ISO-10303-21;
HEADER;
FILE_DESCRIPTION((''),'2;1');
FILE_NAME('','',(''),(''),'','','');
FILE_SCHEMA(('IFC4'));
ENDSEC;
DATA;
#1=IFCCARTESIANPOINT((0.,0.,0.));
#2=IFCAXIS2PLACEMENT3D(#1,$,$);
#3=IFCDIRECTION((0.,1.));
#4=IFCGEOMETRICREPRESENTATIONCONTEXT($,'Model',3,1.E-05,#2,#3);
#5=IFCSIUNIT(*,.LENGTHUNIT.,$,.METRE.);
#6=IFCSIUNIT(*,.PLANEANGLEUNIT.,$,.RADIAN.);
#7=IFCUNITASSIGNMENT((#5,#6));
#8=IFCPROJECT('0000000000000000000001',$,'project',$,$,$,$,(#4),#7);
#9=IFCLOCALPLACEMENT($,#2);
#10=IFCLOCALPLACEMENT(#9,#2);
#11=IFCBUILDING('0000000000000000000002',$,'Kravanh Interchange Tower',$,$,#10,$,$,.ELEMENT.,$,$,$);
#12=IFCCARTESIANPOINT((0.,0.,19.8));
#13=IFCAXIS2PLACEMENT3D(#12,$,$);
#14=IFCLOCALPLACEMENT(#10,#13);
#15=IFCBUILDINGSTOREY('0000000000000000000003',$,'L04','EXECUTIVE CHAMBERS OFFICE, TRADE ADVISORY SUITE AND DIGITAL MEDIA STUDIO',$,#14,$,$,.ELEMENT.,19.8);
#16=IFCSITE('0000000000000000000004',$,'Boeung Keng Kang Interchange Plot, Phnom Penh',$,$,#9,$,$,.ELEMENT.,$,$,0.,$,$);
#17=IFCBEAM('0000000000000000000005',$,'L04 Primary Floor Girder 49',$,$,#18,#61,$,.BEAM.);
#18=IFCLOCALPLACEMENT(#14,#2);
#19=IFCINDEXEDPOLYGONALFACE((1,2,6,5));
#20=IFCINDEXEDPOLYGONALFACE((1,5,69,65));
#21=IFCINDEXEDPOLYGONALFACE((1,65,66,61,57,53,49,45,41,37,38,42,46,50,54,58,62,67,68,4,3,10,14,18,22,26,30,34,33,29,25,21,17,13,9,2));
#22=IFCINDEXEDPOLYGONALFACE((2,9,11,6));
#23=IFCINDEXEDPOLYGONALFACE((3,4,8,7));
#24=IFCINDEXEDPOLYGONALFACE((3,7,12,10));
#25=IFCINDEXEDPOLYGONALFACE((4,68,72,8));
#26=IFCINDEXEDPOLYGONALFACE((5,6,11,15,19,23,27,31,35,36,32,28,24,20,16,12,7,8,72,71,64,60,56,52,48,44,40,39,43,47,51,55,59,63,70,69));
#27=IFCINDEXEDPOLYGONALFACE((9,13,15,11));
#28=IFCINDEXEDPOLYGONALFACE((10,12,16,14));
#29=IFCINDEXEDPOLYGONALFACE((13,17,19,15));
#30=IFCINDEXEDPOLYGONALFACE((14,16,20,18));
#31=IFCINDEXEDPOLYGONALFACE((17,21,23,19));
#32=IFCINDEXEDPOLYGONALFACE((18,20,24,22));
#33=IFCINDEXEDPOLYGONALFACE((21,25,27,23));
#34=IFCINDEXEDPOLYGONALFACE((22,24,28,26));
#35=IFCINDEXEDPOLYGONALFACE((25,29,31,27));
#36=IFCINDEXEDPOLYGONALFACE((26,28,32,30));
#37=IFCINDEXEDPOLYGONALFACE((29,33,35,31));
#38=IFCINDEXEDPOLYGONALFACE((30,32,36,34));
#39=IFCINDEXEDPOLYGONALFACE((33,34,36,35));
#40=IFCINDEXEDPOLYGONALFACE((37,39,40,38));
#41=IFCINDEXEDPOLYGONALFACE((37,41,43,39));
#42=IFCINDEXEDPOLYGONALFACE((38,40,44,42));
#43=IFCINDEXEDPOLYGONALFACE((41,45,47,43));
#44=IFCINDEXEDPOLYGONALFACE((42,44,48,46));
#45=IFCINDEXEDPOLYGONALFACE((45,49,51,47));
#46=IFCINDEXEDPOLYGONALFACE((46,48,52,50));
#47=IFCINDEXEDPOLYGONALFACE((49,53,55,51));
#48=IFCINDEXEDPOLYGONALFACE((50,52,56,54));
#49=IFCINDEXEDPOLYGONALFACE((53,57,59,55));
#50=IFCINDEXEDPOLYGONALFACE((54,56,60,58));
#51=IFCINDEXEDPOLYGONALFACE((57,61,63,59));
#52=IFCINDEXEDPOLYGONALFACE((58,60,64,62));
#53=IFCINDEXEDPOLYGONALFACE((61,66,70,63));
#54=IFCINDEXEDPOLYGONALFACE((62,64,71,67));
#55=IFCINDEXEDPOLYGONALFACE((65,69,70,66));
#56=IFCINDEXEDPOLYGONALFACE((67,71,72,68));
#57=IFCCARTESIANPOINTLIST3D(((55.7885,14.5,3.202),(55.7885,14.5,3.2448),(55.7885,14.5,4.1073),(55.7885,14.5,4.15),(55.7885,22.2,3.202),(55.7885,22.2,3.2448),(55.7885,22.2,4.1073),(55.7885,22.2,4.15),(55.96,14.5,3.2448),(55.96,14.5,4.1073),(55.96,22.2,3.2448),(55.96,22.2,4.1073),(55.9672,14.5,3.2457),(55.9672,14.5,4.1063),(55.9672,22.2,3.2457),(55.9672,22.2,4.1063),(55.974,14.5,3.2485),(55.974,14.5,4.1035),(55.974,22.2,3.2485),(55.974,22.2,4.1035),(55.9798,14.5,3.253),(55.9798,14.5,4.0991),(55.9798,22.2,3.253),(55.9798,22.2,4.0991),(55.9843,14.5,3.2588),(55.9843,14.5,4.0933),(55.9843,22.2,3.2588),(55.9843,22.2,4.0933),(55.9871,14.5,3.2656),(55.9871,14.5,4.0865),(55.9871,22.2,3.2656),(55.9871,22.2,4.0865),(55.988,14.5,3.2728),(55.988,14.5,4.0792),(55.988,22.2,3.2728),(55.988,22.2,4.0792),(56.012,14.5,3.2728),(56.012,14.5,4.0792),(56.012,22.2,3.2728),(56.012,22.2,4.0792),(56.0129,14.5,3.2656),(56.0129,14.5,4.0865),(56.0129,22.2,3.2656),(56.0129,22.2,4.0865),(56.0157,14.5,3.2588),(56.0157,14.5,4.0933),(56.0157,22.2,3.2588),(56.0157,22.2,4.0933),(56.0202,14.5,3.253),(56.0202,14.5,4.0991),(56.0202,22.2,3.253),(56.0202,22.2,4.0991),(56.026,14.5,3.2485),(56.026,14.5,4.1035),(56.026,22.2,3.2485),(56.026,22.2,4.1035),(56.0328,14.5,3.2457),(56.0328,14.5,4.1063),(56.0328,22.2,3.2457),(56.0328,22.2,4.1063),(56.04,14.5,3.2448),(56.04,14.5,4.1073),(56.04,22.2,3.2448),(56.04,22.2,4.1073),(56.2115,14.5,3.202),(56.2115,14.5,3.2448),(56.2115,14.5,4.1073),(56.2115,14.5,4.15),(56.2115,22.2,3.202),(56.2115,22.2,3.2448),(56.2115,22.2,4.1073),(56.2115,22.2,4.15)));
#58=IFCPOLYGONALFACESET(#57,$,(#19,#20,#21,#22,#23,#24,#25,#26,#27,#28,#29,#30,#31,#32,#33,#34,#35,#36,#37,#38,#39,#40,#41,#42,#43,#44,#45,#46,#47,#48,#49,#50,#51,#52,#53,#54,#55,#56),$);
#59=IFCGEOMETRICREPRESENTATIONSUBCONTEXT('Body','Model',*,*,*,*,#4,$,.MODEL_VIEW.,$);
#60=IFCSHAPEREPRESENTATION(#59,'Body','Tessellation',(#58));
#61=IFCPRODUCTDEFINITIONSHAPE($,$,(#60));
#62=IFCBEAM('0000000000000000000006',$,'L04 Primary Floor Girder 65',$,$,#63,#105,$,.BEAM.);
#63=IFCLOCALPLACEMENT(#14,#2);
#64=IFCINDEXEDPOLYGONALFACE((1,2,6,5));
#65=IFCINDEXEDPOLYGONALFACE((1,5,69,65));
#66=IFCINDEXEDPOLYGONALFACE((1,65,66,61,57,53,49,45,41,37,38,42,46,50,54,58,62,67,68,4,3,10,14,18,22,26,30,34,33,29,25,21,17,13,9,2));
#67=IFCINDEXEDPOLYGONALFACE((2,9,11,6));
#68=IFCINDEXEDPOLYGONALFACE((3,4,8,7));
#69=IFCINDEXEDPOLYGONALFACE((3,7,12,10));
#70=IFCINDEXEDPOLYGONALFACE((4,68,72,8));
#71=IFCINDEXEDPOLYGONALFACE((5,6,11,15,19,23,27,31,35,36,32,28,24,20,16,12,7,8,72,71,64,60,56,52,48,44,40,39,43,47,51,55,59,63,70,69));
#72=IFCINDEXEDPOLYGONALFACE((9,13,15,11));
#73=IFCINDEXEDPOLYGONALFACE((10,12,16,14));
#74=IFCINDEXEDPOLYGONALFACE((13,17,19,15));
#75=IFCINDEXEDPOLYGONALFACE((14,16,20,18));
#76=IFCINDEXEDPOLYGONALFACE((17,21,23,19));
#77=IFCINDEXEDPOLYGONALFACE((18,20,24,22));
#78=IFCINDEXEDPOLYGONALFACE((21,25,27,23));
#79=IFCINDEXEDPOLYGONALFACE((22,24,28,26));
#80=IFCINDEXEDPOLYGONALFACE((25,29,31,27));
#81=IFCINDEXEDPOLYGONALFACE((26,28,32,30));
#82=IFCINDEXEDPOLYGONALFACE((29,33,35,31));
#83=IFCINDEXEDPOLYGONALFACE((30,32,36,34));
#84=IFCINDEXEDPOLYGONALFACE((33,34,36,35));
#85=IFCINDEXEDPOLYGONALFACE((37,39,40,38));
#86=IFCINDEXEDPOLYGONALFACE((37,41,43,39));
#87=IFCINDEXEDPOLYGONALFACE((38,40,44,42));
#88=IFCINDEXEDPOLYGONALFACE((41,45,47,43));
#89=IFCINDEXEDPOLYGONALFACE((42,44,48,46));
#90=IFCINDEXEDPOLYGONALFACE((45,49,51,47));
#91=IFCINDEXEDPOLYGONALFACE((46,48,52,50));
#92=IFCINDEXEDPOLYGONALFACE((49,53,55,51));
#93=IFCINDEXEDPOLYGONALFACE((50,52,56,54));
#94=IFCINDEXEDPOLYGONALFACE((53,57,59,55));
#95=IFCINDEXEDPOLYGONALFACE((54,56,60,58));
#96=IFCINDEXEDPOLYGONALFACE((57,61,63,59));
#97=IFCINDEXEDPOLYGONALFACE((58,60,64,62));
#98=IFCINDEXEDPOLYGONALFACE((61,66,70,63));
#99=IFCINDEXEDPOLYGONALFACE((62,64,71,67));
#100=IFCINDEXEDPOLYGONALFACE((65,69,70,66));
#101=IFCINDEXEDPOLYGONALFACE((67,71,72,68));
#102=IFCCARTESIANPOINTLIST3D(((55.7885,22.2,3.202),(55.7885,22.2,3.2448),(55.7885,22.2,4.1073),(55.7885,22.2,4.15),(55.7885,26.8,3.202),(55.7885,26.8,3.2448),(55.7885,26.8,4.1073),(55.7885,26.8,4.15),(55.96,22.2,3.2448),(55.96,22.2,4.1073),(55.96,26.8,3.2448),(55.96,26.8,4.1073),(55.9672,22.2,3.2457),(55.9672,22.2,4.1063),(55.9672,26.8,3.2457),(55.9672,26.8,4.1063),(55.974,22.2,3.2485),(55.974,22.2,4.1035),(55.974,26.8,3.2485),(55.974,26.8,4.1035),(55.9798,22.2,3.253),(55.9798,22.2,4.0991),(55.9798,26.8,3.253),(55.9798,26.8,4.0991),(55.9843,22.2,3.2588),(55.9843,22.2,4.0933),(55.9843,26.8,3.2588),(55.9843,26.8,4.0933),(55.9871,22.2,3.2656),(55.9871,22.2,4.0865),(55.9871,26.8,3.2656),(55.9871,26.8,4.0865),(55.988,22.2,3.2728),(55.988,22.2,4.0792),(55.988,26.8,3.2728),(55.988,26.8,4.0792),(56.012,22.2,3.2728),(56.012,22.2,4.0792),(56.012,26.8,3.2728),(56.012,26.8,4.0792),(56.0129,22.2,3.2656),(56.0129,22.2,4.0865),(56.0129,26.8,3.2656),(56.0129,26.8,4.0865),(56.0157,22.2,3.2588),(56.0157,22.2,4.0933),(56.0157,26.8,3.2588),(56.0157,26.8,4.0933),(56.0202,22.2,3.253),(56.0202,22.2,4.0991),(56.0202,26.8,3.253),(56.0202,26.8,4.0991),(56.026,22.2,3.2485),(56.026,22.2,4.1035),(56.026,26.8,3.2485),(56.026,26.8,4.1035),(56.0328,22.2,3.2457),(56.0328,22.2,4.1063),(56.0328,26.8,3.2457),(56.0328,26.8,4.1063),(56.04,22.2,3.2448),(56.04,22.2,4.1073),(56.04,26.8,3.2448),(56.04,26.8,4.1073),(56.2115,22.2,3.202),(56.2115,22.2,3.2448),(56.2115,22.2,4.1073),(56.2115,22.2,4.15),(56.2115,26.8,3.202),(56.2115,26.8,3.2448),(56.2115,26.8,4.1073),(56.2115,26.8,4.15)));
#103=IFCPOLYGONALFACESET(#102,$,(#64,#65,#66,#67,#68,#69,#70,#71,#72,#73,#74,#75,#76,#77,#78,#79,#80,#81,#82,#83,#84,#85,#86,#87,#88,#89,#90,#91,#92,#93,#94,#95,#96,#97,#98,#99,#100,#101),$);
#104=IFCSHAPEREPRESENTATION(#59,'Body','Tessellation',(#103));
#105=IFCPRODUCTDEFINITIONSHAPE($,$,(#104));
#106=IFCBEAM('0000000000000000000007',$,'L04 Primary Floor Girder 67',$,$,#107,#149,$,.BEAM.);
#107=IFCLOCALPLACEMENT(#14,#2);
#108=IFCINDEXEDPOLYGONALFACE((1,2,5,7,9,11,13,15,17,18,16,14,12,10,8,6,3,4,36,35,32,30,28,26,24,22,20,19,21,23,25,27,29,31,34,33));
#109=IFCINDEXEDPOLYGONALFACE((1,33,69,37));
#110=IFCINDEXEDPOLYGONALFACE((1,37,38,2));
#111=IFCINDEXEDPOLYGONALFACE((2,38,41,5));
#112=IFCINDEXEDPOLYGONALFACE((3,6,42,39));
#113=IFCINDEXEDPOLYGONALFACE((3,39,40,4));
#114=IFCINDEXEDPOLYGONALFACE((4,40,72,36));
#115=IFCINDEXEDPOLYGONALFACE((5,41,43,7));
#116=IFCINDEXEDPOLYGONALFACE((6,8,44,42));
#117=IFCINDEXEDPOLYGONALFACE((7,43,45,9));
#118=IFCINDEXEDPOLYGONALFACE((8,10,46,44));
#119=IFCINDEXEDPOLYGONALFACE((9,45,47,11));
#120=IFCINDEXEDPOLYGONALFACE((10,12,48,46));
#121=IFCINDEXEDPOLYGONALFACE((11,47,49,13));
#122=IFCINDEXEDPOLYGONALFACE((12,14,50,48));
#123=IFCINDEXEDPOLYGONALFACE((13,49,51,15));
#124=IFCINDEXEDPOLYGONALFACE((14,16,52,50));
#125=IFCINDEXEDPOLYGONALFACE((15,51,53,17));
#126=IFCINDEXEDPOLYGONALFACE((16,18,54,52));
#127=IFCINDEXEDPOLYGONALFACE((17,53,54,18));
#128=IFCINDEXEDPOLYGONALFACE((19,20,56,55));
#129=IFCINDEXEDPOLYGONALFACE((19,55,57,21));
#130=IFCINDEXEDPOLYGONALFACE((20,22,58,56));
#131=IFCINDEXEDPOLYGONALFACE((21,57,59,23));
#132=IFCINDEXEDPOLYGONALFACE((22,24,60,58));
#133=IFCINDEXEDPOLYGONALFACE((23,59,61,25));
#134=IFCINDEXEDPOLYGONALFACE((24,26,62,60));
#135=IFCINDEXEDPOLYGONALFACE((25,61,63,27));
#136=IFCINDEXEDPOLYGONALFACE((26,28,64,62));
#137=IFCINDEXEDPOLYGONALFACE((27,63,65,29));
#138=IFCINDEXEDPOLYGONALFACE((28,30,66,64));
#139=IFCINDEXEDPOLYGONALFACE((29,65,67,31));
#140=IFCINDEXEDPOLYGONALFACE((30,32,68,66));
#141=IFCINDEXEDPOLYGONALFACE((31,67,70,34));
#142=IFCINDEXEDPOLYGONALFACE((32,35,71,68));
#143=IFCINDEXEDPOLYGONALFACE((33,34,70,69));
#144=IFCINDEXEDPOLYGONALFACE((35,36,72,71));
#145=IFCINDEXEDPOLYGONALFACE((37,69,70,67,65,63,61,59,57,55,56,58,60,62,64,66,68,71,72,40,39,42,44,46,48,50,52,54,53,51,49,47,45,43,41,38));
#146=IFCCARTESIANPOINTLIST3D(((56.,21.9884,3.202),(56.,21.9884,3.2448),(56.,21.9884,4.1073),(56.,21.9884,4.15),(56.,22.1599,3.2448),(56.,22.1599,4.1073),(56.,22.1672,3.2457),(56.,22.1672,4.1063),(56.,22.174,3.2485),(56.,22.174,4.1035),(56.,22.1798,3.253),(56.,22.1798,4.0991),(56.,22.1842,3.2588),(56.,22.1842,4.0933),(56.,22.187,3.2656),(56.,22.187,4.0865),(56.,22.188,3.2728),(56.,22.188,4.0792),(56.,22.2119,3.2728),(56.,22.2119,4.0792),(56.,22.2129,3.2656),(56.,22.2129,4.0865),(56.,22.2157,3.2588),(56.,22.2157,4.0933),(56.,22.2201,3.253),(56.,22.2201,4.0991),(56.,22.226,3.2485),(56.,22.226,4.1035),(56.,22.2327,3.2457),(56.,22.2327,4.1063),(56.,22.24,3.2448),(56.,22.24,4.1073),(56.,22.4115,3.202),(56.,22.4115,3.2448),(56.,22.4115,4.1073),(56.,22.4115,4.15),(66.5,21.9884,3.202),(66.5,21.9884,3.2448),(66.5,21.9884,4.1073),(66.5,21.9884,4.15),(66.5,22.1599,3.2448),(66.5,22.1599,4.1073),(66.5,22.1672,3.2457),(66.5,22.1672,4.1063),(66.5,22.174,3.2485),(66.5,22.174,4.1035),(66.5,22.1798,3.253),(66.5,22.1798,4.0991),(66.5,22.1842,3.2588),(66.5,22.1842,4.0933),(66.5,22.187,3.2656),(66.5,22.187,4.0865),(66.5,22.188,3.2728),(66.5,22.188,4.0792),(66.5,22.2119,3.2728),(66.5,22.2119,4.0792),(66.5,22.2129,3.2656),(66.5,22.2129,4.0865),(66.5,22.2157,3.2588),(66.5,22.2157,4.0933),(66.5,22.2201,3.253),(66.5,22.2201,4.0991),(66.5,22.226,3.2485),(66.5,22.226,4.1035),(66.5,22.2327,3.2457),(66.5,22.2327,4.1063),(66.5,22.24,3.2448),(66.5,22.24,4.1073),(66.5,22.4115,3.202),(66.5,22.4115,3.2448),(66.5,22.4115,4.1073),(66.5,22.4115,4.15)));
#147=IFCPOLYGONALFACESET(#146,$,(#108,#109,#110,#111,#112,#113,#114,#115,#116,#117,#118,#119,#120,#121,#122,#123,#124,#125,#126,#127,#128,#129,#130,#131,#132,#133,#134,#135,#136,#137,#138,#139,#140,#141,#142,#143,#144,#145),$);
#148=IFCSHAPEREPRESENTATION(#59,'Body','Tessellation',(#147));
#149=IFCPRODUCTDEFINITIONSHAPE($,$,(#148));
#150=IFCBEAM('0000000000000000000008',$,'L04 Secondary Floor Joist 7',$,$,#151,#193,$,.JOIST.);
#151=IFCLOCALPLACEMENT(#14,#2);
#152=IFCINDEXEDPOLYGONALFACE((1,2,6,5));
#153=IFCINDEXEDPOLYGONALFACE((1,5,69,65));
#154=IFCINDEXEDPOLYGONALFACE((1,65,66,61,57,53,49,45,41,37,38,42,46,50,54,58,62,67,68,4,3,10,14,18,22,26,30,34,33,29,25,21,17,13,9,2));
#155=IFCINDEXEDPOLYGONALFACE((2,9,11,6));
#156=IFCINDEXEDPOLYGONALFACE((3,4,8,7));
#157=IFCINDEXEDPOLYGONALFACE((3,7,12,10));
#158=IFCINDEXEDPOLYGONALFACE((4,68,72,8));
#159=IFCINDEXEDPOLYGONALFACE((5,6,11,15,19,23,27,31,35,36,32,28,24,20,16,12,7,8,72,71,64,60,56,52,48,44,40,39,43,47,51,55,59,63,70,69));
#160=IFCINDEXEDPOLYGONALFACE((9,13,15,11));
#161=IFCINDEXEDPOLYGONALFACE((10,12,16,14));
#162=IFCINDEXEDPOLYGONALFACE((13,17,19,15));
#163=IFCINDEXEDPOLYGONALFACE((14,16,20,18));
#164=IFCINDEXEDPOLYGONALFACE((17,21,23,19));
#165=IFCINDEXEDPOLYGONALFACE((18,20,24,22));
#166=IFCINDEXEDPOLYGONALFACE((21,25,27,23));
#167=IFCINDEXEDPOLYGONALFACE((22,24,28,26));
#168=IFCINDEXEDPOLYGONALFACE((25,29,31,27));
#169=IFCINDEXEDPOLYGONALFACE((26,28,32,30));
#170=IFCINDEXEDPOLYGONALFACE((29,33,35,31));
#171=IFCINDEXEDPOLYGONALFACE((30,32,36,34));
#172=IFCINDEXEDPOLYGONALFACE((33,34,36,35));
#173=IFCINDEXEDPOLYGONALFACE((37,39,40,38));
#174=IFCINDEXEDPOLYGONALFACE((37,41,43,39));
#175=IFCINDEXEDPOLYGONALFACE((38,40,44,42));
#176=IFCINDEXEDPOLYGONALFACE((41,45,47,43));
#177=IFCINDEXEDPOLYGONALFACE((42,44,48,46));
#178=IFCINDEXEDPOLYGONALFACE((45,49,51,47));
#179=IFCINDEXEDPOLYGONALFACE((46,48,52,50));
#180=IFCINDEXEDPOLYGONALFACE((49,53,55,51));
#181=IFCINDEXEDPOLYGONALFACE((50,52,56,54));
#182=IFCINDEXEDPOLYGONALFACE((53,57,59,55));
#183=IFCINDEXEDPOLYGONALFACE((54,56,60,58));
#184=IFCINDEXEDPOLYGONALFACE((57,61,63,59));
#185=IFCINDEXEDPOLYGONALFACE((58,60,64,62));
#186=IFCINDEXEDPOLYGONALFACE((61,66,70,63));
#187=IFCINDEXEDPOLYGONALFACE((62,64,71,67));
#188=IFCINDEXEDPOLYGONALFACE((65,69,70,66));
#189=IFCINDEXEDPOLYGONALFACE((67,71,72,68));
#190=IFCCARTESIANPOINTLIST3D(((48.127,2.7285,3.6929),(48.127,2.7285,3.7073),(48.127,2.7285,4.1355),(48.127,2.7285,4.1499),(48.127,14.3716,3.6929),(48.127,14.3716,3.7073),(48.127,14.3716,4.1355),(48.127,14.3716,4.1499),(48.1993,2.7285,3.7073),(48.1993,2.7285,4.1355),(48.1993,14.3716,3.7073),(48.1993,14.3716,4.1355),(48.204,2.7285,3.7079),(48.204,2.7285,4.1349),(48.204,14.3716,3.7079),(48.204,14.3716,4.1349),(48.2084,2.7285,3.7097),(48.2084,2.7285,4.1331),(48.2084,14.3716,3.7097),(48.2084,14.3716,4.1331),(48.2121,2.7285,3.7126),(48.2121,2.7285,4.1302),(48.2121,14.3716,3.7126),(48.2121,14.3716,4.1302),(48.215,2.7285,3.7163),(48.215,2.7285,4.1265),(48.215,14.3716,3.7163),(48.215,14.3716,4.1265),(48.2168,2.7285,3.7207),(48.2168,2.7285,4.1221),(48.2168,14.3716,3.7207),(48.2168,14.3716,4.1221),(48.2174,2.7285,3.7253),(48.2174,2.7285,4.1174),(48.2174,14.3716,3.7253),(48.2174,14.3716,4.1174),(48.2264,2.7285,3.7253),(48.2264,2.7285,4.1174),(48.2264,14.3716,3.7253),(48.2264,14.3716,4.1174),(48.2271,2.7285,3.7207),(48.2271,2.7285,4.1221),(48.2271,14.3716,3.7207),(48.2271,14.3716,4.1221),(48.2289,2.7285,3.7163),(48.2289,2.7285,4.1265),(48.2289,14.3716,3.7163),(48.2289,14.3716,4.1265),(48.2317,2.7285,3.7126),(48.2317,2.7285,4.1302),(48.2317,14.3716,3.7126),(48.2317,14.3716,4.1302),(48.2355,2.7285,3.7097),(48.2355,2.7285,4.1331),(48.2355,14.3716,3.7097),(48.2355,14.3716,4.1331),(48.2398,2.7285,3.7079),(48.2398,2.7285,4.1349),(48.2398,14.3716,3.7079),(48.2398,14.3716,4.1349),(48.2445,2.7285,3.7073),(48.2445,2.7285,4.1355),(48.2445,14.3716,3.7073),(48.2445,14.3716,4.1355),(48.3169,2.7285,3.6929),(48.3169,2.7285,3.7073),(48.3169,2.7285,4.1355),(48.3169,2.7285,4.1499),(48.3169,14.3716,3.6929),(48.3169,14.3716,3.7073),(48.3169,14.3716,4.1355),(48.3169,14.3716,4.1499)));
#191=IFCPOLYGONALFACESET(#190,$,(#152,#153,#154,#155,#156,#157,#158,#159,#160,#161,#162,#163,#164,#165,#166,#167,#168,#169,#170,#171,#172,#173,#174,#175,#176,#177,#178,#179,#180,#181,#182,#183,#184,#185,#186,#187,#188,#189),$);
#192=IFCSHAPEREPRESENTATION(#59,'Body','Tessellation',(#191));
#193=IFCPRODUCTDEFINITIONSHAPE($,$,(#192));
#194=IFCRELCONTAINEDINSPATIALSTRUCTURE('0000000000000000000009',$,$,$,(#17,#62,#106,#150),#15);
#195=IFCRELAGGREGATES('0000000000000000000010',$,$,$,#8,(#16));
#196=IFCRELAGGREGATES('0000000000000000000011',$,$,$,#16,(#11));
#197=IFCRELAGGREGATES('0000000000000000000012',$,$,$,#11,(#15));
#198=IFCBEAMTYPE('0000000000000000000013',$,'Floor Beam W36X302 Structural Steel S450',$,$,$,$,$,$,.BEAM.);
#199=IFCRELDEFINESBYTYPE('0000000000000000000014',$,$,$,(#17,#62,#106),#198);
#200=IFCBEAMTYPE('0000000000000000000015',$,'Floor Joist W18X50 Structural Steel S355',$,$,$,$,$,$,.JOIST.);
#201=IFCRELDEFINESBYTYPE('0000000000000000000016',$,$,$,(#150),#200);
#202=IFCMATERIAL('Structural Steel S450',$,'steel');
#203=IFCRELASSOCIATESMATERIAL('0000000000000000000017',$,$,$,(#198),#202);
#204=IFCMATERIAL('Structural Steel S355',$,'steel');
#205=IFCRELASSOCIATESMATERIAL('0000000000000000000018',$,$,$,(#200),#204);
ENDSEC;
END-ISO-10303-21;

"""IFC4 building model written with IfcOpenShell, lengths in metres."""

from ifc_helpers import new_model, si_unit, direction, frame, origin, origin_2d, place, context, subcontext, project, spatial, i_section, extrude, material, material_profile, profile_set, type_object, element, save


model = new_model("IFC4")

# Units and contexts
model_context = context("Model", 3, precision=1e-05, world=origin(), true_north=direction((0.0, 1.0)))
body_context = subcontext(model_context, "Body", "Model", "MODEL_VIEW")
ifc_project = project(units=[si_unit("LENGTHUNIT", "METRE"), si_unit("PLANEANGLEUNIT", "RADIAN")], contexts=[model_context])

# Site, building, storey
site_placement = place(None, origin())
site = spatial("IfcSite", under=ifc_project, at=site_placement, Name="Boeung Keng Kang Interchange Plot, Phnom Penh", CompositionType="ELEMENT", RefElevation=0.0)
building_placement = place(site_placement, origin())
building = spatial("IfcBuilding", under=site, at=building_placement, Name="Kravanh Interchange Tower", CompositionType="ELEMENT")
storey_placement = place(building_placement, frame((0.0, 0.0, 19.8)))
storey = spatial("IfcBuildingStorey", under=building, at=storey_placement, Name="L04", Description="EXECUTIVE CHAMBERS OFFICE, TRADE ADVISORY SUITE AND DIGITAL MEDIA STUDIO", CompositionType="ELEMENT", Elevation=19.8)

# Beams
ifc_material_1 = material(Name="Structural Steel S450", Category="steel")
ifc_material_profile_1 = material_profile(ifc_material_1, i_section(OverallWidth=0.4231, OverallDepth=0.948, WebThickness=0.0239, FlangeThickness=0.0427, FilletRadius=0.0281, at=origin_2d()), Name="W36X302")
ifc_profile_set_1 = profile_set([ifc_material_profile_1], Name="Structural Steel S450")
beam_type_1 = type_object("IfcBeamType", Name="Floor Beam W36X302 Structural Steel S450", PredefinedType="BEAM", material=ifc_profile_set_1)
beam_1_placement = place(storey_placement, frame((56.0, 14.5, 3.676), z_axis=(0.0, 1.0, 0.0), x_axis=(-1.0, 0.0, 0.0)))
element("IfcBeam", 1, at=beam_1_placement, inside=storey, type_object=beam_type_1, Name="L04 Primary Floor Girder 49", PredefinedType="BEAM", context=body_context, shape_type="SweptSolid", body=[
    extrude(i_section(OverallWidth=0.4231, OverallDepth=0.948, WebThickness=0.0239, FlangeThickness=0.0427, FilletRadius=0.0281, at=origin_2d()), origin(), (0.0, 0.0, 1.0), 7.7),
])
beam_2_placement = place(storey_placement, frame((56.0, 22.2, 3.676), z_axis=(0.0, 1.0, 0.0), x_axis=(-1.0, 0.0, 0.0)))
element("IfcBeam", 2, at=beam_2_placement, inside=storey, type_object=beam_type_1, Name="L04 Primary Floor Girder 65", PredefinedType="BEAM", context=body_context, shape_type="SweptSolid", body=[
    extrude(i_section(OverallWidth=0.4231, OverallDepth=0.948, WebThickness=0.0239, FlangeThickness=0.0427, FilletRadius=0.0281, at=origin_2d()), origin(), (0.0, 0.0, 1.0), 4.6001),
])
beam_3_placement = place(storey_placement, frame((56.0, 22.2, 3.676), z_axis=(1.0, 0.0, 0.0), x_axis=(0.0, 1.0, 0.0)))
element("IfcBeam", 3, at=beam_3_placement, inside=storey, type_object=beam_type_1, Name="L04 Primary Floor Girder 67", PredefinedType="BEAM", context=body_context, shape_type="SweptSolid", body=[
    extrude(i_section(OverallWidth=0.4231, OverallDepth=0.948, WebThickness=0.0239, FlangeThickness=0.0427, FilletRadius=0.0281, at=origin_2d()), origin(), (0.0, 0.0, 1.0), 10.5),
])
ifc_material_2 = material(Name="Structural Steel S355", Category="steel")
ifc_material_profile_2 = material_profile(ifc_material_2, i_section(OverallWidth=0.1899, OverallDepth=0.457, WebThickness=0.009, FlangeThickness=0.0144, FilletRadius=0.0181, at=origin_2d()), Name="W18X50")
ifc_profile_set_2 = profile_set([ifc_material_profile_2], Name="Structural Steel S355")
beam_type_2 = type_object("IfcBeamType", Name="Floor Joist W18X50 Structural Steel S355", PredefinedType="JOIST", material=ifc_profile_set_2)
for number, where, z_axis, x_axis, name in (
    (4, (48.2219, 2.7285, 3.9214), (0.0, 1.0, 0.0), (-1.0, 0.0, 0.0), "L04 Secondary Floor Joist 7"),
):
    element("IfcBeam", number, at=place(storey_placement, frame(where, z_axis=z_axis, x_axis=x_axis)), inside=storey, type_object=beam_type_2, Name=name, PredefinedType="JOIST", context=body_context, shape_type="SweptSolid", body=[
        extrude(i_section(OverallWidth=0.1899, OverallDepth=0.457, WebThickness=0.009, FlangeThickness=0.0144, FilletRadius=0.0181, at=origin_2d()), origin(), (0.0, 0.0, 1.0), 11.6431),
    ])

save(model, "model.ifc")
